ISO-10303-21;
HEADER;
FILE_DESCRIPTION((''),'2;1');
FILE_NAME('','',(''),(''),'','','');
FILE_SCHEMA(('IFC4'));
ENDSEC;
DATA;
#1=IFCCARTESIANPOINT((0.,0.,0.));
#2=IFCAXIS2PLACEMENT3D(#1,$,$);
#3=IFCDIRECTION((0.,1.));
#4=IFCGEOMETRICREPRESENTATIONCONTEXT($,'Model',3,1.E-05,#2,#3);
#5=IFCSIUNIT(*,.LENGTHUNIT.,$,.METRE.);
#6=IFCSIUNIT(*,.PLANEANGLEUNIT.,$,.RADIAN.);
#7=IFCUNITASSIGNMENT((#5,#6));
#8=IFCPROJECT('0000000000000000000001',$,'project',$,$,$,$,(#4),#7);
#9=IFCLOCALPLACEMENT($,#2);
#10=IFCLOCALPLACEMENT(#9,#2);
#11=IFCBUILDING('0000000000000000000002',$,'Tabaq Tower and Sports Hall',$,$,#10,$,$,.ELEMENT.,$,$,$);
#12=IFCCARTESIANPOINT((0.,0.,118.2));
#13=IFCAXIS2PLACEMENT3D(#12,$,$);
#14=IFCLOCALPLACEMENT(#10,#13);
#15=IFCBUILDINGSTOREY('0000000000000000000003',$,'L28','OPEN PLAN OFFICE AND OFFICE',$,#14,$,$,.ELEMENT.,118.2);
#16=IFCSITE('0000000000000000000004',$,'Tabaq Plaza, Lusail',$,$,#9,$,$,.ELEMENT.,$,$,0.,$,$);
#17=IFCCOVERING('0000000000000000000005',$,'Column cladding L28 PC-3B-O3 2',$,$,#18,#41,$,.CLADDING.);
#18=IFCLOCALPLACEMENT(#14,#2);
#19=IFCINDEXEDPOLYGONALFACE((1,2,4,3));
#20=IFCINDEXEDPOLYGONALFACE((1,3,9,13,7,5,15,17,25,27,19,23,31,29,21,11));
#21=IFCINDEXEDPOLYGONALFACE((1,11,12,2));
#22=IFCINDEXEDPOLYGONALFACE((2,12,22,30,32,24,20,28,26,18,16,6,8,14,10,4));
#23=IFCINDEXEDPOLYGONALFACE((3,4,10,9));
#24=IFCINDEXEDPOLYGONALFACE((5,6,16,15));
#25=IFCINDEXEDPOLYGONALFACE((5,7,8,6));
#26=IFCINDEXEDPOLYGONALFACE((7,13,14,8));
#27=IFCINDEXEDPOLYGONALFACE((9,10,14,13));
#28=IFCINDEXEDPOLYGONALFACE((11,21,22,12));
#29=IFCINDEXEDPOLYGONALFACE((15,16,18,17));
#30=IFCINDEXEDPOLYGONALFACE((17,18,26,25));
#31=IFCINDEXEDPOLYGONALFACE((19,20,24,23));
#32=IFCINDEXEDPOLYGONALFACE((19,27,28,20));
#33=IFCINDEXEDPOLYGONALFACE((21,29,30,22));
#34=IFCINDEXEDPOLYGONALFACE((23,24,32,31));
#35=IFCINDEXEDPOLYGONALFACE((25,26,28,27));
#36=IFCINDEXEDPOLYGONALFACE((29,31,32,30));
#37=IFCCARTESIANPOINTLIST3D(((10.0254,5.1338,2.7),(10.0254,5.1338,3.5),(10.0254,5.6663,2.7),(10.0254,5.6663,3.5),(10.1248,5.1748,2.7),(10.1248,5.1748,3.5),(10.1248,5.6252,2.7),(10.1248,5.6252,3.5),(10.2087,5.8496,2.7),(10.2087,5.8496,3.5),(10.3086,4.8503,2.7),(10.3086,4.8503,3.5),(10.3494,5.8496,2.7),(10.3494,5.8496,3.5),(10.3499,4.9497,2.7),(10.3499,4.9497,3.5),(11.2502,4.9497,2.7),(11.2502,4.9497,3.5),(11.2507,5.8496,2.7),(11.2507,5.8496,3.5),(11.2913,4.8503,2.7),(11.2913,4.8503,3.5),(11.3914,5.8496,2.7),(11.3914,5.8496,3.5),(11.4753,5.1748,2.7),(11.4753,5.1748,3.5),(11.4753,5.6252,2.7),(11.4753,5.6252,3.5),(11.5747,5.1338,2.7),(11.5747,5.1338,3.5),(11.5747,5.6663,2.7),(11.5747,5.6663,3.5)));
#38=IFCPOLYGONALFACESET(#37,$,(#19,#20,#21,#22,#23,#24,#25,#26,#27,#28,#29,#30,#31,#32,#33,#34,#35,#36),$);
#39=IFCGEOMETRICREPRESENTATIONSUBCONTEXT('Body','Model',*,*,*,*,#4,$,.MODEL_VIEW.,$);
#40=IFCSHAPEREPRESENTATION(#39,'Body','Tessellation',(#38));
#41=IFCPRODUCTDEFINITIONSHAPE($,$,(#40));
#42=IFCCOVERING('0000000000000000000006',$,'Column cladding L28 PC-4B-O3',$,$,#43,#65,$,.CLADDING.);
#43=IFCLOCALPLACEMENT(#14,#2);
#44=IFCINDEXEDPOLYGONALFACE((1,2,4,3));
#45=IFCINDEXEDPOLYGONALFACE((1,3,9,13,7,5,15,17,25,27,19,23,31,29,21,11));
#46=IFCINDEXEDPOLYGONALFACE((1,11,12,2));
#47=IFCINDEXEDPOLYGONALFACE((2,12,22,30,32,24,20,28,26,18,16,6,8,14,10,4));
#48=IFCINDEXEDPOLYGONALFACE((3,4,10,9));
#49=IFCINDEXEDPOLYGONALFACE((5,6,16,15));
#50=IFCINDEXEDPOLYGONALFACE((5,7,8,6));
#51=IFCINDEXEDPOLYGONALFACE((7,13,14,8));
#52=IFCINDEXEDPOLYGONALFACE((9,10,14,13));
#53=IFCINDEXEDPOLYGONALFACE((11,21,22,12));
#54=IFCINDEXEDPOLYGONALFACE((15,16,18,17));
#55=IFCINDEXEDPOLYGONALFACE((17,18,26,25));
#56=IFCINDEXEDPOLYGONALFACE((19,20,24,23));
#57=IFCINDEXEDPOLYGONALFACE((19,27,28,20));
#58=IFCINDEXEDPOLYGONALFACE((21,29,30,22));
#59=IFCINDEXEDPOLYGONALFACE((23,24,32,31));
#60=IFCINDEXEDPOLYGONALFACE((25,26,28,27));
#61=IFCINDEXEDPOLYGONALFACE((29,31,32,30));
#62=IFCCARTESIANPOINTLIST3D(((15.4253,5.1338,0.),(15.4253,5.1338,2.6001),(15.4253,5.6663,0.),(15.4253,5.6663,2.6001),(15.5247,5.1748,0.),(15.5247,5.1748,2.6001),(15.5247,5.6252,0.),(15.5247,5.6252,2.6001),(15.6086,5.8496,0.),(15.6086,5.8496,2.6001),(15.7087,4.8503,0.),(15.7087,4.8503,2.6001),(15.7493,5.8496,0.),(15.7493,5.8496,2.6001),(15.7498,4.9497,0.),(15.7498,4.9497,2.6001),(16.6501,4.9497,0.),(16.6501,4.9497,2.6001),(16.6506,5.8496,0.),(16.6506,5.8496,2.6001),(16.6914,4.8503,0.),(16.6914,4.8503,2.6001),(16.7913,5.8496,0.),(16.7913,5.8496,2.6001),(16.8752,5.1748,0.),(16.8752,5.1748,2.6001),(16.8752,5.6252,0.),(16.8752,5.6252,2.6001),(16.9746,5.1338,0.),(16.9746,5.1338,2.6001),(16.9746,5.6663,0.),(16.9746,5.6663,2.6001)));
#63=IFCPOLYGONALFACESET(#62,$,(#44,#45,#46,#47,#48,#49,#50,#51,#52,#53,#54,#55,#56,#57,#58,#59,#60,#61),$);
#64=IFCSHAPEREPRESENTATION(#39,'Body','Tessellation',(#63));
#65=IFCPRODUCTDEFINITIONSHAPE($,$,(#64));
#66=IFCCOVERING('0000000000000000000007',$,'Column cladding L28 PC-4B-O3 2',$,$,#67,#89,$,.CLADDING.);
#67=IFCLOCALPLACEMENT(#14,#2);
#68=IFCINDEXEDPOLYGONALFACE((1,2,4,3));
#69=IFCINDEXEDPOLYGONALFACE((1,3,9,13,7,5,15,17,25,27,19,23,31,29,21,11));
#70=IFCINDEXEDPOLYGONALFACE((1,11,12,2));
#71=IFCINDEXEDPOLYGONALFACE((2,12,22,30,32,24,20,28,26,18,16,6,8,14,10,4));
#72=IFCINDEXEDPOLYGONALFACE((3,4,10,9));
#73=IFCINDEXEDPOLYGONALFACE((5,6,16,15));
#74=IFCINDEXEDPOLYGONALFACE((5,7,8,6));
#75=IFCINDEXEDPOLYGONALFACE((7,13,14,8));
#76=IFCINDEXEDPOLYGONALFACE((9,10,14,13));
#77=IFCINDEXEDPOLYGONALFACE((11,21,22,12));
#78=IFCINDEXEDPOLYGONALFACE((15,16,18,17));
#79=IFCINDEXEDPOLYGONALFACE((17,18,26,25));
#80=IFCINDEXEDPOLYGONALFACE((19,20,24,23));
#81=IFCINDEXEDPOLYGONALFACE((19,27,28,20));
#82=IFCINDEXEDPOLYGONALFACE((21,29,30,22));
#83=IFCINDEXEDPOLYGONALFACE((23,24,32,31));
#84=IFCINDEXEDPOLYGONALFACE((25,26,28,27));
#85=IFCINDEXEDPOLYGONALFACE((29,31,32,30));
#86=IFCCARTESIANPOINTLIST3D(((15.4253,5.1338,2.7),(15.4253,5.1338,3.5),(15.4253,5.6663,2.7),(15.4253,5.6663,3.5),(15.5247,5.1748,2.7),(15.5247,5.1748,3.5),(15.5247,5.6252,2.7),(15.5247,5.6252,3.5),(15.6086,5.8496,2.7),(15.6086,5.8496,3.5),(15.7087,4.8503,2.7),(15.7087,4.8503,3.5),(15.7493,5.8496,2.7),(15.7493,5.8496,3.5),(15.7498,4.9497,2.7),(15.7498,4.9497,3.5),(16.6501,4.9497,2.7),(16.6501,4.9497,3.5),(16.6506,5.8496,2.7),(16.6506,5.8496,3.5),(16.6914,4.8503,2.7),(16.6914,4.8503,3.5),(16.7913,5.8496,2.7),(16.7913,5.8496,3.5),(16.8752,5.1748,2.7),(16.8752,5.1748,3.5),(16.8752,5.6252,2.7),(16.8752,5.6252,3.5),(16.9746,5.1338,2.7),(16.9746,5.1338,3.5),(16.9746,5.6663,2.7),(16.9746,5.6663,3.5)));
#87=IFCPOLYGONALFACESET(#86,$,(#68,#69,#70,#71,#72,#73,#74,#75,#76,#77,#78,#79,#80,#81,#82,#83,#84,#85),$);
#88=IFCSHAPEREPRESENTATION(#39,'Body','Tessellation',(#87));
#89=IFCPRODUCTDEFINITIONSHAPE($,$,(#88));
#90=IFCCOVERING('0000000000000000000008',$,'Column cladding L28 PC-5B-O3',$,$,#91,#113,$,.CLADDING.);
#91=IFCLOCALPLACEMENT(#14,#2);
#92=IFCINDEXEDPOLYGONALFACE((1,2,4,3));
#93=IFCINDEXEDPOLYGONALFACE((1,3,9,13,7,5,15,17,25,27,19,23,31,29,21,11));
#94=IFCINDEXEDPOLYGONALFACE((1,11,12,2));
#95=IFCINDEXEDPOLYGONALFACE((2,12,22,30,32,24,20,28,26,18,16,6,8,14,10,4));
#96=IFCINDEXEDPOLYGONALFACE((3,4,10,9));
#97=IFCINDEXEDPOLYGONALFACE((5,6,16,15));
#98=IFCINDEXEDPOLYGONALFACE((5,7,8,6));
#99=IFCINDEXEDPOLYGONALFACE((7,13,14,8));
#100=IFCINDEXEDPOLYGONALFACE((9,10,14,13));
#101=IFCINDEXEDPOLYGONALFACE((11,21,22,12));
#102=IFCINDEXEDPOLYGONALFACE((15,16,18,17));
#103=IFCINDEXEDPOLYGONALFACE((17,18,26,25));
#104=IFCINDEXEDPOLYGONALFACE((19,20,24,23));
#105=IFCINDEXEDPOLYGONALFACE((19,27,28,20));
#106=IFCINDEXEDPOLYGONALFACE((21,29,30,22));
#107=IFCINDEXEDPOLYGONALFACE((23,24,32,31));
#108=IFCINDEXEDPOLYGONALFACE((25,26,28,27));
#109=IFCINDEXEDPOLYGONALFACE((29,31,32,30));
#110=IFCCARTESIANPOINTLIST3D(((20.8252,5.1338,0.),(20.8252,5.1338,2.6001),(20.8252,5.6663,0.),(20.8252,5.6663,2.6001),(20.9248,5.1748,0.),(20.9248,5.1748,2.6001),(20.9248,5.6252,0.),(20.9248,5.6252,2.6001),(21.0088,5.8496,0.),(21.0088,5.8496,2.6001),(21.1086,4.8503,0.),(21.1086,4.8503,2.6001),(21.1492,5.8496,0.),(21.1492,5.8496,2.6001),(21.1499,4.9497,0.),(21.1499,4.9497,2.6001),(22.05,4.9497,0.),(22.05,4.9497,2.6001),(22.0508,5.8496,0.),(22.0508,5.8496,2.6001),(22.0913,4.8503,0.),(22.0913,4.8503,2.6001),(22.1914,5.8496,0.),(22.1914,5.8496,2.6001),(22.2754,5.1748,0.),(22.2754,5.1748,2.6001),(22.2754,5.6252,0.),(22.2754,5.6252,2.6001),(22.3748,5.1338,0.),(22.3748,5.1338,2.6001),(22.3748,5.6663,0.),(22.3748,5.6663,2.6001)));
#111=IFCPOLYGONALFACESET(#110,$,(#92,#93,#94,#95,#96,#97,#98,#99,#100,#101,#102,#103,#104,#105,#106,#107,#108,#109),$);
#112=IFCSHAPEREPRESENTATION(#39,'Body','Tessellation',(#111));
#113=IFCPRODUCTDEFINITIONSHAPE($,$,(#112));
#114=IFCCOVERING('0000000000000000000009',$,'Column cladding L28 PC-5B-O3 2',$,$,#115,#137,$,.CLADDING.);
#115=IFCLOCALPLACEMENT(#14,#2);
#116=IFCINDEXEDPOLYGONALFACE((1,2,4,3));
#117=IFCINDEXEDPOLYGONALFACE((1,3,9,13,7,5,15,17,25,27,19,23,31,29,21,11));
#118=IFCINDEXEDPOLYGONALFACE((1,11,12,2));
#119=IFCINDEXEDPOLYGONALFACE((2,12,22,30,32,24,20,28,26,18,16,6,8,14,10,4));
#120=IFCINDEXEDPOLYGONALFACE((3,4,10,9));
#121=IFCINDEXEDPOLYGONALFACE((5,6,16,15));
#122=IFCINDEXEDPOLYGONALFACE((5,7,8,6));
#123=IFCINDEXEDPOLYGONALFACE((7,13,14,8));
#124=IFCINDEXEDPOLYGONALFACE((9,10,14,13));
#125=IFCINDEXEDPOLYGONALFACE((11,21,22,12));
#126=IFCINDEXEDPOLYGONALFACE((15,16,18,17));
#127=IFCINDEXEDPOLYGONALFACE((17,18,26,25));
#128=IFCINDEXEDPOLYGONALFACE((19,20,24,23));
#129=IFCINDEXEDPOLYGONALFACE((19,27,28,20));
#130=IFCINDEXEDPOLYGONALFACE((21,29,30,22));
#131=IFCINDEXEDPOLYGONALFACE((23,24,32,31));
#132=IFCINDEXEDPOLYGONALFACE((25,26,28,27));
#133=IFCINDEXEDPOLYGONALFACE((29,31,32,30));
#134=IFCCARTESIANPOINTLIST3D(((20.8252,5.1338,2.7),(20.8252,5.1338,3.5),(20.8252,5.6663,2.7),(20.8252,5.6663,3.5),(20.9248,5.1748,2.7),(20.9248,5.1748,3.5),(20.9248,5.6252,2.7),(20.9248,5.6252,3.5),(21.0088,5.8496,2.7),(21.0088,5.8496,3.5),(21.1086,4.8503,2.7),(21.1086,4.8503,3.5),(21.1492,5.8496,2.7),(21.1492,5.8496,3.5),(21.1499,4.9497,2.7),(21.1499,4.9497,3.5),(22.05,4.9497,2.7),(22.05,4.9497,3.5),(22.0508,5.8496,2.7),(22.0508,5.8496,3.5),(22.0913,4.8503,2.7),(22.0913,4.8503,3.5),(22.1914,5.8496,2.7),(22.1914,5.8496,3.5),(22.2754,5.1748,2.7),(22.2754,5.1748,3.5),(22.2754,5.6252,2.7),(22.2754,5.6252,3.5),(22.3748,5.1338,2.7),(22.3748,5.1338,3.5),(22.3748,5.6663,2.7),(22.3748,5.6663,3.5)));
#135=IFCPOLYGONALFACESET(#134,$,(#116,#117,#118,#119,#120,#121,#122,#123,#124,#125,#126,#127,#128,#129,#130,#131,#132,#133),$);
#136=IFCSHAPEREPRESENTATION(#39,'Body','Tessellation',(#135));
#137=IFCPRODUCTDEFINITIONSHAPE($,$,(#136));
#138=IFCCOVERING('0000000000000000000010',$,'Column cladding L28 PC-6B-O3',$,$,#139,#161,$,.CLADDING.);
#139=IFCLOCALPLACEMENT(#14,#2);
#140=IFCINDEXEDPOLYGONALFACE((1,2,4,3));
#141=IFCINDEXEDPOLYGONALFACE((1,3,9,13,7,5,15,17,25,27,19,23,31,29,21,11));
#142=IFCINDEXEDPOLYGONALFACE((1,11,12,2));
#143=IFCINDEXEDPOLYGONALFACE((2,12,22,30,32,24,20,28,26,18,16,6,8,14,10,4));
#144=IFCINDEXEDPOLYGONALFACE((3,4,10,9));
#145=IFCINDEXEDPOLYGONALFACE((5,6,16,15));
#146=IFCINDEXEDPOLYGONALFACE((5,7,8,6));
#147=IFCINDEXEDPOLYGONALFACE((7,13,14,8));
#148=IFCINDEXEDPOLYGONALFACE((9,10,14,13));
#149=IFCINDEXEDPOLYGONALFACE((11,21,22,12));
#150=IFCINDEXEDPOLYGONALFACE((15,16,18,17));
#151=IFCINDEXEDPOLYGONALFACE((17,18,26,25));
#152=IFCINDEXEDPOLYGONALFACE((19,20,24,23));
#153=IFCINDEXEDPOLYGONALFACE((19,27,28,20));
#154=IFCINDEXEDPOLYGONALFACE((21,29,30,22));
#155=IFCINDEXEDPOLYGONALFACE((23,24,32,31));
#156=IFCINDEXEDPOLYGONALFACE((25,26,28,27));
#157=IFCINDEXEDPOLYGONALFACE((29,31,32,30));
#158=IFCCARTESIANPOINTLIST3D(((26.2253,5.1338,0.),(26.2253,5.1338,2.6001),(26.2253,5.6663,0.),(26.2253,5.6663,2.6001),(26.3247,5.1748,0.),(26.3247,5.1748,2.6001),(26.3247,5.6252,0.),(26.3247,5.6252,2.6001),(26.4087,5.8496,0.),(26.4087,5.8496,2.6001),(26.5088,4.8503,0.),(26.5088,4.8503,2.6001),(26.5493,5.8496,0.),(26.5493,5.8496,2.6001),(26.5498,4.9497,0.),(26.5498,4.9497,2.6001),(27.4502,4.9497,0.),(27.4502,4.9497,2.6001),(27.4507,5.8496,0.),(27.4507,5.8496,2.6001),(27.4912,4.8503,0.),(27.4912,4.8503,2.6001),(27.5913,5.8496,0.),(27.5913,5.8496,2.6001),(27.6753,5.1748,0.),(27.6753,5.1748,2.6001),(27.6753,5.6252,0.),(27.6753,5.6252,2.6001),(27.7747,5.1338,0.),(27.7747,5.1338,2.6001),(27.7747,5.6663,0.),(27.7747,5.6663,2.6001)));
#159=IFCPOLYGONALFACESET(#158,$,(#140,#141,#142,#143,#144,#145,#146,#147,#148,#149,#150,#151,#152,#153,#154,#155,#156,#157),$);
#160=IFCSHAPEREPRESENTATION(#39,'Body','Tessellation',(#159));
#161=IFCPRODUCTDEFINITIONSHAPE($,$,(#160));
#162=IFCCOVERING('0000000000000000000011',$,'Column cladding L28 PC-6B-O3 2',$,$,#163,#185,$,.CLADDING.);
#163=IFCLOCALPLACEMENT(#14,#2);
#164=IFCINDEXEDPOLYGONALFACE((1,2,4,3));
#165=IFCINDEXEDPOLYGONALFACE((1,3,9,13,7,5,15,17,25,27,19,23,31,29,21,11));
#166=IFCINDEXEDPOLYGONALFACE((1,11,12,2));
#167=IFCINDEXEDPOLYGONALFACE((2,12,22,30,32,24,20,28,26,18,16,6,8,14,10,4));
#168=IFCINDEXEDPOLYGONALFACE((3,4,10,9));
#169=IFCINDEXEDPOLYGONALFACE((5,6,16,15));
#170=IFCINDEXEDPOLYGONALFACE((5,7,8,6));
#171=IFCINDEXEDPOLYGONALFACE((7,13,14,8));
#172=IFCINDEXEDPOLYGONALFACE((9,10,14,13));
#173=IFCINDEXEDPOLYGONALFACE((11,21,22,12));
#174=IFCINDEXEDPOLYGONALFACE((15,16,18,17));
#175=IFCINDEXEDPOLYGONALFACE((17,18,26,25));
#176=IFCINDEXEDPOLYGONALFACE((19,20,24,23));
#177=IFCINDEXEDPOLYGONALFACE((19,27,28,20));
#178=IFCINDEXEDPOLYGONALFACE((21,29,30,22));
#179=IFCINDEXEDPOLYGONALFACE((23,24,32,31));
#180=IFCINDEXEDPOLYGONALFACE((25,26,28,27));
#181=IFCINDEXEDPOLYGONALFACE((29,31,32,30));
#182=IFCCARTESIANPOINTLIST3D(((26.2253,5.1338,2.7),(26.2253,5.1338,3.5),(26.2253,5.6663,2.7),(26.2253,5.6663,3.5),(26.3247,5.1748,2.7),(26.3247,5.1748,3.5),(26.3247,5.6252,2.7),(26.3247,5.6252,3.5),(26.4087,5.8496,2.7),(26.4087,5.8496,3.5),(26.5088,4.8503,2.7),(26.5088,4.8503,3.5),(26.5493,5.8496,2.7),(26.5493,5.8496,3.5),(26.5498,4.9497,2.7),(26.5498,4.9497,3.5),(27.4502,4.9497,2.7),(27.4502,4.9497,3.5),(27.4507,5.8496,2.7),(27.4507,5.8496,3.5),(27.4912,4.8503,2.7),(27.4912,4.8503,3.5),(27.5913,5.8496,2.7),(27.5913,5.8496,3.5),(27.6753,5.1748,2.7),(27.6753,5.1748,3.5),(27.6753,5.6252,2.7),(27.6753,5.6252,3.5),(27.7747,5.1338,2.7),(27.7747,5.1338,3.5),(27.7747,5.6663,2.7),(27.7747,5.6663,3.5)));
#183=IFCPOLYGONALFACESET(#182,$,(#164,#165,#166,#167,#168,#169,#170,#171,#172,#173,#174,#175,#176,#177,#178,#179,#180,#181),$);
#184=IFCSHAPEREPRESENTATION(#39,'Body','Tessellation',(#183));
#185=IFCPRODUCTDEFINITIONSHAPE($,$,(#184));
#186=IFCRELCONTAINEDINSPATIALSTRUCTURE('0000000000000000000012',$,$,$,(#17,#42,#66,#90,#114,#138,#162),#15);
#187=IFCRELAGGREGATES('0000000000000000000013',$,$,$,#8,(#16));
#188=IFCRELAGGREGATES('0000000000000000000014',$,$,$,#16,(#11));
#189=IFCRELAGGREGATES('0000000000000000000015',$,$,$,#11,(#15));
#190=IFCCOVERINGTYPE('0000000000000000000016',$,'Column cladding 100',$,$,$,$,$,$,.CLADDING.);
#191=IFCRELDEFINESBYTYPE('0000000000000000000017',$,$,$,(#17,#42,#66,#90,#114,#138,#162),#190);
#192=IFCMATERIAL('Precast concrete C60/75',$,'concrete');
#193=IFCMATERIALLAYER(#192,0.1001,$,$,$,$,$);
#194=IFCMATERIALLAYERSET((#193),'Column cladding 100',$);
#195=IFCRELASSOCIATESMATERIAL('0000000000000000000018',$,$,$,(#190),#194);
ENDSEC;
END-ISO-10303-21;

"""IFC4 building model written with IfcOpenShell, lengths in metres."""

from ifc_helpers import new_model, si_unit, direction, frame, origin, place, context, subcontext, project, spatial, polyline, outline, extrude, material, layer, layer_set, type_object, element, save


model = new_model("IFC4")

# Units and contexts
model_context = context("Model", 3, precision=1e-05, world=origin(), true_north=direction((0.0, 1.0)))
body_context = subcontext(model_context, "Body", "Model", "MODEL_VIEW")
ifc_project = project(units=[si_unit("LENGTHUNIT", "METRE"), si_unit("PLANEANGLEUNIT", "RADIAN")], contexts=[model_context])

# Site, building, storey
site_placement = place(None, origin())
site = spatial("IfcSite", under=ifc_project, at=site_placement, Name="Tabaq Plaza, Lusail", CompositionType="ELEMENT", RefElevation=0.0)
building_placement = place(site_placement, origin())
building = spatial("IfcBuilding", under=site, at=building_placement, Name="Tabaq Tower and Sports Hall", CompositionType="ELEMENT")
storey_placement = place(building_placement, frame((0.0, 0.0, 118.2)))
storey = spatial("IfcBuildingStorey", under=building, at=storey_placement, Name="L28", Description="OPEN PLAN OFFICE AND OFFICE", CompositionType="ELEMENT", Elevation=118.2)

# Coverings
ifc_material_1 = material(Name="Precast concrete C60/75", Category="concrete")
ifc_layer_1 = layer(ifc_material_1, 0.1001)
ifc_layer_set_1 = layer_set([ifc_layer_1], Name="Column cladding 100")
covering_type = type_object("IfcCoveringType", Name="Column cladding 100", PredefinedType="CLADDING", material=ifc_layer_set_1)
covering_1_placement = place(storey_placement, frame((0.0, 0.0, 2.7)))
element("IfcCovering", 1, at=covering_1_placement, inside=storey, type_object=covering_type, Name="Column cladding L28 PC-3B-O3 2", PredefinedType="CLADDING", context=body_context, shape_type="SweptSolid", body=[
    extrude(outline(polyline([(10.0254, 5.6663), (10.2087, 5.8496), (10.3494, 5.8496), (10.1248, 5.6252), (10.1248, 5.1748), (10.3499, 4.9497), (11.2502, 4.9497), (11.4753, 5.1748), (11.4753, 5.6252), (11.2507, 5.8496), (11.3914, 5.8496), (11.5747, 5.6663), (11.5747, 5.1338), (11.2913, 4.8503), (10.3086, 4.8503), (10.0254, 5.1338), (10.0254, 5.6663)])), origin(), (0.0, 0.0, 1.0), 0.8),
])
covering_2_placement = place(storey_placement, origin())
element("IfcCovering", 2, at=covering_2_placement, inside=storey, type_object=covering_type, Name="Column cladding L28 PC-4B-O3", PredefinedType="CLADDING", context=body_context, shape_type="SweptSolid", body=[
    extrude(outline(polyline([(15.4253, 5.6663), (15.6086, 5.8496), (15.7493, 5.8496), (15.5247, 5.6252), (15.5247, 5.1748), (15.7498, 4.9497), (16.6501, 4.9497), (16.8752, 5.1748), (16.8752, 5.6252), (16.6506, 5.8496), (16.7913, 5.8496), (16.9746, 5.6663), (16.9746, 5.1338), (16.6914, 4.8503), (15.7087, 4.8503), (15.4253, 5.1338), (15.4253, 5.6663)])), origin(), (0.0, 0.0, 1.0), 2.6001),
])
covering_3_placement = place(storey_placement, frame((0.0, 0.0, 2.7)))
element("IfcCovering", 3, at=covering_3_placement, inside=storey, type_object=covering_type, Name="Column cladding L28 PC-4B-O3 2", PredefinedType="CLADDING", context=body_context, shape_type="SweptSolid", body=[
    extrude(outline(polyline([(15.4253, 5.6663), (15.6086, 5.8496), (15.7493, 5.8496), (15.5247, 5.6252), (15.5247, 5.1748), (15.7498, 4.9497), (16.6501, 4.9497), (16.8752, 5.1748), (16.8752, 5.6252), (16.6506, 5.8496), (16.7913, 5.8496), (16.9746, 5.6663), (16.9746, 5.1338), (16.6914, 4.8503), (15.7087, 4.8503), (15.4253, 5.1338), (15.4253, 5.6663)])), origin(), (0.0, 0.0, 1.0), 0.8),
])
covering_4_placement = place(storey_placement, origin())
element("IfcCovering", 4, at=covering_4_placement, inside=storey, type_object=covering_type, Name="Column cladding L28 PC-5B-O3", PredefinedType="CLADDING", context=body_context, shape_type="SweptSolid", body=[
    extrude(outline(polyline([(20.8252, 5.6663), (21.0088, 5.8496), (21.1492, 5.8496), (20.9248, 5.6252), (20.9248, 5.1748), (21.1499, 4.9497), (22.05, 4.9497), (22.2754, 5.1748), (22.2754, 5.6252), (22.0508, 5.8496), (22.1914, 5.8496), (22.3748, 5.6663), (22.3748, 5.1338), (22.0913, 4.8503), (21.1086, 4.8503), (20.8252, 5.1338), (20.8252, 5.6663)])), origin(), (0.0, 0.0, 1.0), 2.6001),
])
covering_5_placement = place(storey_placement, frame((0.0, 0.0, 2.7)))
element("IfcCovering", 5, at=covering_5_placement, inside=storey, type_object=covering_type, Name="Column cladding L28 PC-5B-O3 2", PredefinedType="CLADDING", context=body_context, shape_type="SweptSolid", body=[
    extrude(outline(polyline([(20.8252, 5.6663), (21.0088, 5.8496), (21.1492, 5.8496), (20.9248, 5.6252), (20.9248, 5.1748), (21.1499, 4.9497), (22.05, 4.9497), (22.2754, 5.1748), (22.2754, 5.6252), (22.0508, 5.8496), (22.1914, 5.8496), (22.3748, 5.6663), (22.3748, 5.1338), (22.0913, 4.8503), (21.1086, 4.8503), (20.8252, 5.1338), (20.8252, 5.6663)])), origin(), (0.0, 0.0, 1.0), 0.8),
])
covering_6_placement = place(storey_placement, origin())
element("IfcCovering", 6, at=covering_6_placement, inside=storey, type_object=covering_type, Name="Column cladding L28 PC-6B-O3", PredefinedType="CLADDING", context=body_context, shape_type="SweptSolid", body=[
    extrude(outline(polyline([(26.2253, 5.6663), (26.4087, 5.8496), (26.5493, 5.8496), (26.3247, 5.6252), (26.3247, 5.1748), (26.5498, 4.9497), (27.4502, 4.9497), (27.6753, 5.1748), (27.6753, 5.6252), (27.4507, 5.8496), (27.5913, 5.8496), (27.7747, 5.6663), (27.7747, 5.1338), (27.4912, 4.8503), (26.5088, 4.8503), (26.2253, 5.1338), (26.2253, 5.6663)])), origin(), (0.0, 0.0, 1.0), 2.6001),
])
covering_7_placement = place(storey_placement, frame((0.0, 0.0, 2.7)))
element("IfcCovering", 7, at=covering_7_placement, inside=storey, type_object=covering_type, Name="Column cladding L28 PC-6B-O3 2", PredefinedType="CLADDING", context=body_context, shape_type="SweptSolid", body=[
    extrude(outline(polyline([(26.2253, 5.6663), (26.4087, 5.8496), (26.5493, 5.8496), (26.3247, 5.6252), (26.3247, 5.1748), (26.5498, 4.9497), (27.4502, 4.9497), (27.6753, 5.1748), (27.6753, 5.6252), (27.4507, 5.8496), (27.5913, 5.8496), (27.7747, 5.6663), (27.7747, 5.1338), (27.4912, 4.8503), (26.5088, 4.8503), (26.2253, 5.1338), (26.2253, 5.6663)])), origin(), (0.0, 0.0, 1.0), 0.8),
])

save(model, "model.ifc")
